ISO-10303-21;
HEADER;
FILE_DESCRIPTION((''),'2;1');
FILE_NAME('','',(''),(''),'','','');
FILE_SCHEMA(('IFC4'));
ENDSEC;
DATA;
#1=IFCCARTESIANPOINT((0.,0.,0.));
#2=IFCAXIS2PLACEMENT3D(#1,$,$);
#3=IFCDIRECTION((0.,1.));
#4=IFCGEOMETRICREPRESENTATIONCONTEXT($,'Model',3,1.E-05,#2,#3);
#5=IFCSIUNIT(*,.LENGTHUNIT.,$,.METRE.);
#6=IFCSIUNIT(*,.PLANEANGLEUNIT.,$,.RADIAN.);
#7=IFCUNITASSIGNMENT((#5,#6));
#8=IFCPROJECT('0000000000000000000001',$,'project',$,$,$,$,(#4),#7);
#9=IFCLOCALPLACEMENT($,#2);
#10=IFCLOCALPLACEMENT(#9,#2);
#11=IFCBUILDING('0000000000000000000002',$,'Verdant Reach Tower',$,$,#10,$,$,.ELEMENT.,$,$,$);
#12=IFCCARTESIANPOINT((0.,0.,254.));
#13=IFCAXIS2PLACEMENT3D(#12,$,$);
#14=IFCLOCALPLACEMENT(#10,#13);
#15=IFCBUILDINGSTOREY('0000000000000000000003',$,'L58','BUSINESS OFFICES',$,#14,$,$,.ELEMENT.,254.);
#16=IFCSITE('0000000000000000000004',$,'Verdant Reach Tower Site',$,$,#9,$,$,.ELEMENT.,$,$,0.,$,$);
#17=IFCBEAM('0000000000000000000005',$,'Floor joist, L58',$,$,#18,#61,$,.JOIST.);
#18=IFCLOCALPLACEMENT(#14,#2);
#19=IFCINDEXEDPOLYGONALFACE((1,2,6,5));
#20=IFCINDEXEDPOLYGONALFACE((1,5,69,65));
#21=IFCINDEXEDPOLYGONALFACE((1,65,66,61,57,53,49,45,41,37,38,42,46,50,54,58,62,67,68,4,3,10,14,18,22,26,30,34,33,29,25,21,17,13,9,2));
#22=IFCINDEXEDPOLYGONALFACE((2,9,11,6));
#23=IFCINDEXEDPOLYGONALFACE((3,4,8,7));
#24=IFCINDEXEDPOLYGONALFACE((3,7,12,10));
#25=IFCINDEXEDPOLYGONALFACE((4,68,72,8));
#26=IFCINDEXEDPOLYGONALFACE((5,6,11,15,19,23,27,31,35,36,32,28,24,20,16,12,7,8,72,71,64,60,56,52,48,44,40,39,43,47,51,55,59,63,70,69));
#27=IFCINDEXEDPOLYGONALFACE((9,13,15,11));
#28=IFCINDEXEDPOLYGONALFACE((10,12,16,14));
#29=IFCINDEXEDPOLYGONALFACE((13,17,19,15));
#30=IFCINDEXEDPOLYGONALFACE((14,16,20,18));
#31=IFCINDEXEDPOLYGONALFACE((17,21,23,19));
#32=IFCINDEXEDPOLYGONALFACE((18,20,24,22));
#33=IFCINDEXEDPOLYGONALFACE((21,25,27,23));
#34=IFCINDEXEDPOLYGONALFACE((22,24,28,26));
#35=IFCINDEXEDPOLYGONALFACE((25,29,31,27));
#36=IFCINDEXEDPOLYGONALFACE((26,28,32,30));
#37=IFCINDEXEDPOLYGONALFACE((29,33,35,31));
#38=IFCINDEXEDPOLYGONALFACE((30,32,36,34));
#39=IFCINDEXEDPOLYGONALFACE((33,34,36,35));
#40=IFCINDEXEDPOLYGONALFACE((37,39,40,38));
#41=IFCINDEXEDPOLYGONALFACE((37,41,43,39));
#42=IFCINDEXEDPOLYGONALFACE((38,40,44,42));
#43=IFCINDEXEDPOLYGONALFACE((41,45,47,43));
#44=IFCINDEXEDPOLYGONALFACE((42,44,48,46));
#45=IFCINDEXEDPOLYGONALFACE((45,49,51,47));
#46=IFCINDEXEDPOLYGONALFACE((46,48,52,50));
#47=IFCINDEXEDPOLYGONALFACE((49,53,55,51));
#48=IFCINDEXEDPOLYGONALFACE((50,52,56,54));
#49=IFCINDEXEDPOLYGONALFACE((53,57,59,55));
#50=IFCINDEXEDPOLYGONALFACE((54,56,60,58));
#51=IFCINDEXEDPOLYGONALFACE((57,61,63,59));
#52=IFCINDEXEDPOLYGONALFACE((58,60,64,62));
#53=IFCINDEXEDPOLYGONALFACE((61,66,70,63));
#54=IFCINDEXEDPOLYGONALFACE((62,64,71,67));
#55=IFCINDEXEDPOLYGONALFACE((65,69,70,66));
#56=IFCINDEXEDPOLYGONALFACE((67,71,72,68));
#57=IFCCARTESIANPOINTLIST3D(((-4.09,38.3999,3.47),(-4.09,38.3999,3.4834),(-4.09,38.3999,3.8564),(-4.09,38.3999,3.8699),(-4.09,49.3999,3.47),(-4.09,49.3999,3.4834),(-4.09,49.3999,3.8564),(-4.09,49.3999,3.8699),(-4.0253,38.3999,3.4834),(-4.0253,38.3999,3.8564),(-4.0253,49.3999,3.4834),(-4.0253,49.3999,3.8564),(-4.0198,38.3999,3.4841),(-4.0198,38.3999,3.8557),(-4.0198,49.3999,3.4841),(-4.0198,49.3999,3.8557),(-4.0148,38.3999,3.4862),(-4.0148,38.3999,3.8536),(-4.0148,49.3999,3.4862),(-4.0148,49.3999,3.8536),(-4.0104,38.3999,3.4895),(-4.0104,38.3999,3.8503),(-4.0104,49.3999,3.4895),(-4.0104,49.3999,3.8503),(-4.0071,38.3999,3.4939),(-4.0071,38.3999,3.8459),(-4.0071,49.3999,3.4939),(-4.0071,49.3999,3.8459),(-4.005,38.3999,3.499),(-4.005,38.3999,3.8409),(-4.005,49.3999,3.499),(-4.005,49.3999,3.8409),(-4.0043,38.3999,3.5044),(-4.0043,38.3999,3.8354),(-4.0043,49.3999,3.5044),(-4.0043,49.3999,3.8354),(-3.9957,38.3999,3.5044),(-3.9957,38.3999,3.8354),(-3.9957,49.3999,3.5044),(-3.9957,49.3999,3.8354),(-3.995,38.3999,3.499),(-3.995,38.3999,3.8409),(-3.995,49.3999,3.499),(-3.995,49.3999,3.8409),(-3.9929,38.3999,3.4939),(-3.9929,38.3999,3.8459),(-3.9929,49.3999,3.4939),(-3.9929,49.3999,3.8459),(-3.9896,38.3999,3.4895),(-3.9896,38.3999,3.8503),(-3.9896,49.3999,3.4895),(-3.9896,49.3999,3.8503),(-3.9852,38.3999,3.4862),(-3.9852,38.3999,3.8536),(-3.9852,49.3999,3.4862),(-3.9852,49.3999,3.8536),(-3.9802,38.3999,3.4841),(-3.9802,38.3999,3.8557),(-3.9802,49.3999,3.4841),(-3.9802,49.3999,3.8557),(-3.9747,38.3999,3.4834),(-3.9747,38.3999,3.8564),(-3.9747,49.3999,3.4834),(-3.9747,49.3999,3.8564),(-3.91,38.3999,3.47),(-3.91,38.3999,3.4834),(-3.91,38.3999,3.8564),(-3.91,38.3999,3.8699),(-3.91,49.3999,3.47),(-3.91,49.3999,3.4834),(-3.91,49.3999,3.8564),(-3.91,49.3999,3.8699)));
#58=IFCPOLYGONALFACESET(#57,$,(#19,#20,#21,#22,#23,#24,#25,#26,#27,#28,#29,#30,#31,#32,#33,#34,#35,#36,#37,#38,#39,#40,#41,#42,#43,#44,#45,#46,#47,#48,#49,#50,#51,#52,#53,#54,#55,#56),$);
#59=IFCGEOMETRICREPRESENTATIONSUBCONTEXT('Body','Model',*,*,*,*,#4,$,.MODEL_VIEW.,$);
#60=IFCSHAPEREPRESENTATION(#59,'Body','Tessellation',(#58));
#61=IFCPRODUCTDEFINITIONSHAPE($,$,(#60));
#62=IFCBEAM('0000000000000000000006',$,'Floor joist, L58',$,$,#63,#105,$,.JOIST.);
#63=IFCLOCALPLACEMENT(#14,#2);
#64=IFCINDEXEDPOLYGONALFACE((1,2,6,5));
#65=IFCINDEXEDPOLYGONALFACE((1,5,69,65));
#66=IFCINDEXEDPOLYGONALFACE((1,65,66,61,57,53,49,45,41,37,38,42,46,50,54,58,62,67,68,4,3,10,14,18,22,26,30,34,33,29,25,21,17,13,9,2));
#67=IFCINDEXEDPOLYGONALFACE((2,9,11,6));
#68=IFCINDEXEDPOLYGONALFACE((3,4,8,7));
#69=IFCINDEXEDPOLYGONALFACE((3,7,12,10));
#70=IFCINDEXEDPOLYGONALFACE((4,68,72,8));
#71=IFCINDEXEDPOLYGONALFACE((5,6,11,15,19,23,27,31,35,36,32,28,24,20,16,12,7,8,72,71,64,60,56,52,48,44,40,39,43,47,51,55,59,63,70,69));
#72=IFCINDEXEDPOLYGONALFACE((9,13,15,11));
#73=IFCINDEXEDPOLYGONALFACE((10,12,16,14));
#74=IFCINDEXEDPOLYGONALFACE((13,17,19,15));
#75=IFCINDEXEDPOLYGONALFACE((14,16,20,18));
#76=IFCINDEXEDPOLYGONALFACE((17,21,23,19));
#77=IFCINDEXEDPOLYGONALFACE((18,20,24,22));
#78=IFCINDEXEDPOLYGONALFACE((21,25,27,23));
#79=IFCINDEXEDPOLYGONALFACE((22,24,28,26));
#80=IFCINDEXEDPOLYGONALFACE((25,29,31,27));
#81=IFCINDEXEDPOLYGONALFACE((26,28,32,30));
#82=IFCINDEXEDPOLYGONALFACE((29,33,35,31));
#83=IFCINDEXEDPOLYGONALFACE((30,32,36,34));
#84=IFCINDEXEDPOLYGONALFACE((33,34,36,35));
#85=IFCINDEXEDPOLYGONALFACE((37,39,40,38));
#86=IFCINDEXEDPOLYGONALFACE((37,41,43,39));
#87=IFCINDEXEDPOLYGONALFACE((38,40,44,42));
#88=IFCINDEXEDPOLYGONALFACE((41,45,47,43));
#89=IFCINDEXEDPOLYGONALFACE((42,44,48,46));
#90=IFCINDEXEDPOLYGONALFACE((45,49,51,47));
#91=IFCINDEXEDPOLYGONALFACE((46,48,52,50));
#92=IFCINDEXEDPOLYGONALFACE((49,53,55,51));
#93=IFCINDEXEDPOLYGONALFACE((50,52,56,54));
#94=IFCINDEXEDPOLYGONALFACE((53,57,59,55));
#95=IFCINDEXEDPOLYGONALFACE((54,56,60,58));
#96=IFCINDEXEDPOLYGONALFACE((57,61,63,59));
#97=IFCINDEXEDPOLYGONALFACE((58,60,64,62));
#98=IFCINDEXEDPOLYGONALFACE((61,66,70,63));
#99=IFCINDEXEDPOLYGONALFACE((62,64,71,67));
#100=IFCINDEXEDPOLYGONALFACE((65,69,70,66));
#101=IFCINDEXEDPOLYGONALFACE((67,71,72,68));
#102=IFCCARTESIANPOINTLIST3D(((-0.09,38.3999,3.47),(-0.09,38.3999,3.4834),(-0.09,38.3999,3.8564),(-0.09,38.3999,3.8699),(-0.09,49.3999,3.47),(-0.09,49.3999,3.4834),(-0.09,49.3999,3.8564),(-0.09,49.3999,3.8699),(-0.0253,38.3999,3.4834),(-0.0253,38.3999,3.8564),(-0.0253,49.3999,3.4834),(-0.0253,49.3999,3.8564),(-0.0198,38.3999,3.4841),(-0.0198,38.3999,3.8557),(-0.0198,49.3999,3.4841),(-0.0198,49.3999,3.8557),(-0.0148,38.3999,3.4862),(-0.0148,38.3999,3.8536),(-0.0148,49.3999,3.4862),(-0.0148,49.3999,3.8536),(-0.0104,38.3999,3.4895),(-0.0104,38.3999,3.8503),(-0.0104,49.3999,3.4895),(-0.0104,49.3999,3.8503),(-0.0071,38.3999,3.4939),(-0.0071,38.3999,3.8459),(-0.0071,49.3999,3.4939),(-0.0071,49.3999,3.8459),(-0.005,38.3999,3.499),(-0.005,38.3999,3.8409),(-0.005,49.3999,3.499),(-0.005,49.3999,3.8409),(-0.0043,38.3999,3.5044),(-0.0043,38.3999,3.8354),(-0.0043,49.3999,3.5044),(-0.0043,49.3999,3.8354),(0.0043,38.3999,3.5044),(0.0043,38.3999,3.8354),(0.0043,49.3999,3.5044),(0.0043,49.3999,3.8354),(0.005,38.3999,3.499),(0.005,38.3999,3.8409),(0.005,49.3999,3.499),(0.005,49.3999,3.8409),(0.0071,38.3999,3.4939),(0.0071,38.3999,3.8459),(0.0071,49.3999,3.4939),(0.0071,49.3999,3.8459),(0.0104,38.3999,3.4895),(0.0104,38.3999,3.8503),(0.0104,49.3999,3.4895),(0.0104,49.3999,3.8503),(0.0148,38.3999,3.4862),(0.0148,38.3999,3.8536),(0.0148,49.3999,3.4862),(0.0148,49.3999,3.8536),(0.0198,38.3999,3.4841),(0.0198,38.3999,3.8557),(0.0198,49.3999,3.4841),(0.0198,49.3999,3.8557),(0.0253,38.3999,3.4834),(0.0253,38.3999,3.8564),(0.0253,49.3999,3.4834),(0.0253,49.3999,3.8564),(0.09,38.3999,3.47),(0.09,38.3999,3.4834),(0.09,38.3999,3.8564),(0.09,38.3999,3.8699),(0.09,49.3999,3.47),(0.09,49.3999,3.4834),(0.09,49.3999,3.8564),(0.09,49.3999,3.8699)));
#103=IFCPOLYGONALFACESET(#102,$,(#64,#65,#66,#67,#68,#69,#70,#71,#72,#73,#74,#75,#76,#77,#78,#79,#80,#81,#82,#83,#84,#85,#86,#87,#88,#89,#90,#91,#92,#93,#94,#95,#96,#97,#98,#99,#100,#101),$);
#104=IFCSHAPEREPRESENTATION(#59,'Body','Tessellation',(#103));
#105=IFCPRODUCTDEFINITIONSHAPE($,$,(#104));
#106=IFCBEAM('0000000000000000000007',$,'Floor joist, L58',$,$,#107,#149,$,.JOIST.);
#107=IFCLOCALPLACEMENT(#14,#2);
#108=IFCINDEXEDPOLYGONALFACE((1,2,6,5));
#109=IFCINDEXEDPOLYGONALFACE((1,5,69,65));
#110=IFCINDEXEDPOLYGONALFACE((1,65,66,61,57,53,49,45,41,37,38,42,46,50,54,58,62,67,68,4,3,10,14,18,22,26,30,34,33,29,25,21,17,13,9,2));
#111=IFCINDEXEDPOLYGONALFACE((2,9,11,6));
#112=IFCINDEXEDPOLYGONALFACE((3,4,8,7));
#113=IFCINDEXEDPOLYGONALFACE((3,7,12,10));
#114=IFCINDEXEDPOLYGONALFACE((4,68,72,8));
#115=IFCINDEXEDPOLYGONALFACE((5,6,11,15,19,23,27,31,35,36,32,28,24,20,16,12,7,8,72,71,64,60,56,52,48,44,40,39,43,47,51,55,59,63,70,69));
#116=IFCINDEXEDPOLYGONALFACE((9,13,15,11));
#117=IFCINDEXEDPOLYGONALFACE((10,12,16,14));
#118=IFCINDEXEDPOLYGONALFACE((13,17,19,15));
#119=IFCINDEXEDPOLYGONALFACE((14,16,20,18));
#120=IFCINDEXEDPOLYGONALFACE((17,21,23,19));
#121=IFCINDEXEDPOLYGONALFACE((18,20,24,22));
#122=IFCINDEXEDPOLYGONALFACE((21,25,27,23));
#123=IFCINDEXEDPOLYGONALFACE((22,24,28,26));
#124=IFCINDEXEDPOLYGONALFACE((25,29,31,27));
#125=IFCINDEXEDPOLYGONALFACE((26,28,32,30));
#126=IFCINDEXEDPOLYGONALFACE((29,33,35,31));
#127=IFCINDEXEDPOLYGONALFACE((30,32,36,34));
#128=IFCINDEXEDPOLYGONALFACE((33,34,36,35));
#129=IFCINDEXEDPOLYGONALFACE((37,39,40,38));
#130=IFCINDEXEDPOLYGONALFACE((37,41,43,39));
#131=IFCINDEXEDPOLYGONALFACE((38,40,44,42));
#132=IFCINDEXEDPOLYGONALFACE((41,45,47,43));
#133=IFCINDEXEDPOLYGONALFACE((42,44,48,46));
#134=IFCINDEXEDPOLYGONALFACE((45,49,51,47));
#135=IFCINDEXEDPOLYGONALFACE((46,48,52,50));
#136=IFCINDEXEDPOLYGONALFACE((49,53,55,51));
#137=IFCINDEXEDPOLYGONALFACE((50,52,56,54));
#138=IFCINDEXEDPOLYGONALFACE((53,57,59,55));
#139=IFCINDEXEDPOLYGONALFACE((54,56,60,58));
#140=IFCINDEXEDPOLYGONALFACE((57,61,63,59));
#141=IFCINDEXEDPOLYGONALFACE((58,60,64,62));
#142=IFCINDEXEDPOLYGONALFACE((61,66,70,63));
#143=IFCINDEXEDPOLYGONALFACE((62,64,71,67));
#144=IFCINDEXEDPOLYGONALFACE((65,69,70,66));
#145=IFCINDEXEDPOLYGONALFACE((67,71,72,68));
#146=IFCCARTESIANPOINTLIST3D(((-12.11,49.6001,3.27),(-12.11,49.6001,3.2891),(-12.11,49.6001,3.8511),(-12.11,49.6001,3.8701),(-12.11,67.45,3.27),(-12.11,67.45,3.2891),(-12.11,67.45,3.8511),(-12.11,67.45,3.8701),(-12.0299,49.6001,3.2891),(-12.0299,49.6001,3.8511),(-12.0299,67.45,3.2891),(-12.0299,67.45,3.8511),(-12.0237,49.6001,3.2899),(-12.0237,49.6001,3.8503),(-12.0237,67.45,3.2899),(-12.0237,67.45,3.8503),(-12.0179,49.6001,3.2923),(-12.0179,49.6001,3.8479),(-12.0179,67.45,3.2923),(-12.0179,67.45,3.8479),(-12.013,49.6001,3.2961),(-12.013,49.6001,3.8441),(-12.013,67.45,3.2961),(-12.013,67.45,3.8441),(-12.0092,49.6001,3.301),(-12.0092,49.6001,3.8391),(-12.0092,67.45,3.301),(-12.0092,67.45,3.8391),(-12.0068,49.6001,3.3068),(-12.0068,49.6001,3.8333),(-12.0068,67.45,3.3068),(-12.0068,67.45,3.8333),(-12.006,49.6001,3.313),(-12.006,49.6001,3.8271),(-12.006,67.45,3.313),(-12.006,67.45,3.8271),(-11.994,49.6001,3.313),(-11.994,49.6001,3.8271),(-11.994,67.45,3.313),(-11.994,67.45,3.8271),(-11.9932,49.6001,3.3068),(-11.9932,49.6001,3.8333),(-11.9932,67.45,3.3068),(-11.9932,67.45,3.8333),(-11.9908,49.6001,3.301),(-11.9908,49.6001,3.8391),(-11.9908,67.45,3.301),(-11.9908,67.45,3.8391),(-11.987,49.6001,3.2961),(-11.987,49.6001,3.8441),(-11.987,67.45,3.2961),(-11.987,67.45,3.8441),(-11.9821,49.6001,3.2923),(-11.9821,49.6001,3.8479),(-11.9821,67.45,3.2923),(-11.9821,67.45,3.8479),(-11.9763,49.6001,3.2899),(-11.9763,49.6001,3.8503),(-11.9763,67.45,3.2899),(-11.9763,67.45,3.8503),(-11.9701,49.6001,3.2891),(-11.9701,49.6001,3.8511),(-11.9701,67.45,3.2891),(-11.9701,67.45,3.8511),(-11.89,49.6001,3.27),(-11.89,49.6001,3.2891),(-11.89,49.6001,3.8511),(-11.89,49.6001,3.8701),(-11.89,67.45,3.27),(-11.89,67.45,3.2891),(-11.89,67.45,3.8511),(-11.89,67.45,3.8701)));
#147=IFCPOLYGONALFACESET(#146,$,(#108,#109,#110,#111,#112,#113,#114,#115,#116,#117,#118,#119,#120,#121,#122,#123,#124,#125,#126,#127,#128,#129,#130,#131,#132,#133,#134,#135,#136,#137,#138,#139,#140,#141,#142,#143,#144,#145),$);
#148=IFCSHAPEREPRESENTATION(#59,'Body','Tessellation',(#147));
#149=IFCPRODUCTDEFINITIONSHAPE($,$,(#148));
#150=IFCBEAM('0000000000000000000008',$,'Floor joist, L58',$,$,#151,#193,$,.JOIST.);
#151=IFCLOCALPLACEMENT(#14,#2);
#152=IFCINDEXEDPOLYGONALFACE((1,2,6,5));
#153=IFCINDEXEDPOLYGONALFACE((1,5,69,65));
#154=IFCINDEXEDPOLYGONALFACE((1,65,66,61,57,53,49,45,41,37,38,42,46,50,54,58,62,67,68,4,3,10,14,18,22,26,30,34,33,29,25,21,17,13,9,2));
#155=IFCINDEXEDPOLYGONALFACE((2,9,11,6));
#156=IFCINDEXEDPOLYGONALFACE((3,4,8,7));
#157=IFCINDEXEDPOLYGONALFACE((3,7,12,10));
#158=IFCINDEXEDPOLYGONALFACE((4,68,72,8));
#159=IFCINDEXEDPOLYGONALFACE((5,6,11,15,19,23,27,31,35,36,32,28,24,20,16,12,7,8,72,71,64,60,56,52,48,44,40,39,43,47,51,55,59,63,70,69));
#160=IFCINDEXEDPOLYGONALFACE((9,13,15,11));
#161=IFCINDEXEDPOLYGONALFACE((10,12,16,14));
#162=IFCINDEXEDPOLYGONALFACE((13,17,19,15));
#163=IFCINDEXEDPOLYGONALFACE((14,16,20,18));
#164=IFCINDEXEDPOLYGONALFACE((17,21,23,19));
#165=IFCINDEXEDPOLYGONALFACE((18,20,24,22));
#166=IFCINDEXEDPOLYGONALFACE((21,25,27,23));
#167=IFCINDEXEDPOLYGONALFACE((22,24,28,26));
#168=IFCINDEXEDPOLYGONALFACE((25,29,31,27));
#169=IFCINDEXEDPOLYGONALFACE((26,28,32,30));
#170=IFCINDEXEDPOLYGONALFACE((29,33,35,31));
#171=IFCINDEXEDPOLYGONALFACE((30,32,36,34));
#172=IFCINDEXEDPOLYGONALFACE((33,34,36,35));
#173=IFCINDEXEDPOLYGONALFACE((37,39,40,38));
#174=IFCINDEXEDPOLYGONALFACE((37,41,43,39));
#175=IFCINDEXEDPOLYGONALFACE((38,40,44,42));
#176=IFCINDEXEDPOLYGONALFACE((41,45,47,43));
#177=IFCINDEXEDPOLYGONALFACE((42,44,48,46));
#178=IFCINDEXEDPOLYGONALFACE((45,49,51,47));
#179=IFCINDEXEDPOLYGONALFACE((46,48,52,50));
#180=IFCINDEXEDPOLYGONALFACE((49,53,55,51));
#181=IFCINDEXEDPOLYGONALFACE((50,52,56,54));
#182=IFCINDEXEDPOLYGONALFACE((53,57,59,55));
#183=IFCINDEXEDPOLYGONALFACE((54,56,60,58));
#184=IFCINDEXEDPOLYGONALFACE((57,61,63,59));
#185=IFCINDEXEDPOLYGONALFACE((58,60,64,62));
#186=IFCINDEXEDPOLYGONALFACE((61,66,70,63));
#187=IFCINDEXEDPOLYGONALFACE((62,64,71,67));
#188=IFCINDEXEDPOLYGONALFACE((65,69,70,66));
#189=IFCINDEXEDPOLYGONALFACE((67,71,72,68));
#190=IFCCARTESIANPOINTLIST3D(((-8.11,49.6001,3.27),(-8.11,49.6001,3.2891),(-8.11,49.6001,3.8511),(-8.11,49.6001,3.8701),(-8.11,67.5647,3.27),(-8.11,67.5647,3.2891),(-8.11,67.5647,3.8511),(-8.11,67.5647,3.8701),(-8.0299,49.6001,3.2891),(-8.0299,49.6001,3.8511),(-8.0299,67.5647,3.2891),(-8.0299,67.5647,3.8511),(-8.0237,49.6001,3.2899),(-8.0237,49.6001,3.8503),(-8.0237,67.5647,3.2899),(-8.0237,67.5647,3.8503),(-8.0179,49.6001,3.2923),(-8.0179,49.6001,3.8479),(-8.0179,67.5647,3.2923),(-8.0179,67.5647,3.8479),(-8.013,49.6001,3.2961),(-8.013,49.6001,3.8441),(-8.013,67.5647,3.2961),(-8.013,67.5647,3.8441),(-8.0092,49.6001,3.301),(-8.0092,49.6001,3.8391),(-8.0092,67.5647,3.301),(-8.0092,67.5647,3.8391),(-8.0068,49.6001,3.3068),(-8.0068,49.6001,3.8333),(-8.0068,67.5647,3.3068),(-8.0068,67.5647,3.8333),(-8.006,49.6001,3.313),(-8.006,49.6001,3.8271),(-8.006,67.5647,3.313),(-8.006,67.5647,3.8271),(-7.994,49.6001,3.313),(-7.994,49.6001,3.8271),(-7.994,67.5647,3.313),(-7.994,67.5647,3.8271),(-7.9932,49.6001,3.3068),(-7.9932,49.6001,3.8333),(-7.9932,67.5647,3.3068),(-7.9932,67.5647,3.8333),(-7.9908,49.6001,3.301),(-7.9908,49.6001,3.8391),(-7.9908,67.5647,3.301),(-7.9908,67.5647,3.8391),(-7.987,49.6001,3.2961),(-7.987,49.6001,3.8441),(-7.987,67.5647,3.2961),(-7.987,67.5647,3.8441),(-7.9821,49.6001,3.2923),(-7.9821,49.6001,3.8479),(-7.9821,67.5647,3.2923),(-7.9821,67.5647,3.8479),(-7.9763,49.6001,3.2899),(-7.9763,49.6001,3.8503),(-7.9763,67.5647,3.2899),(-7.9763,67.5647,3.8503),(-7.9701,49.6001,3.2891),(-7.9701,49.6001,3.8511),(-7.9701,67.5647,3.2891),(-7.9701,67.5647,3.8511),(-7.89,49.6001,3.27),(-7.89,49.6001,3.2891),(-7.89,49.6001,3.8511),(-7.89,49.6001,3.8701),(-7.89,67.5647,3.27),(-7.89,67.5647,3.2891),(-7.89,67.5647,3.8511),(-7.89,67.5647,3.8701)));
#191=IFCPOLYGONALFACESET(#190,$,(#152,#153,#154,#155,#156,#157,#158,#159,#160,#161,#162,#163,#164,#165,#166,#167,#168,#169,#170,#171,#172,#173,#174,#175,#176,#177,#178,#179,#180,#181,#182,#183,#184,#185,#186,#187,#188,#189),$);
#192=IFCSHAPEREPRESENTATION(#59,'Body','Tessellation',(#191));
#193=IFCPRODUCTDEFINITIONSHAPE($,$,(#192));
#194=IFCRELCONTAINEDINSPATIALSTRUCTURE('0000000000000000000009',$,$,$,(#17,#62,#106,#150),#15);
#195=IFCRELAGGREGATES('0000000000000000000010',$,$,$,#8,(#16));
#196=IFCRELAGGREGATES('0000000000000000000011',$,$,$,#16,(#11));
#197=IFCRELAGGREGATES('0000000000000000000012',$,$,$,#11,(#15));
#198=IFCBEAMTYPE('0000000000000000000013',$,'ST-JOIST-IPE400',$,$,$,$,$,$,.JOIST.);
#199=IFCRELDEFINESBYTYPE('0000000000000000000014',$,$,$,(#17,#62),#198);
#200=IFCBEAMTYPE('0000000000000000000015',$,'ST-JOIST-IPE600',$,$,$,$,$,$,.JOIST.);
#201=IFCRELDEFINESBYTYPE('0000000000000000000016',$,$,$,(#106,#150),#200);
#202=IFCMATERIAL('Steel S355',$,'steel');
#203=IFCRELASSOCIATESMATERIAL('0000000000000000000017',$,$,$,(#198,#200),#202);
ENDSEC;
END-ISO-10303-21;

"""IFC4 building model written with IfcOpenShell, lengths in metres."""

from ifc_helpers import new_model, si_unit, direction, frame, origin, origin_2d, place, context, subcontext, project, spatial, i_section, extrude, material, material_profile, profile_set, type_object, element, save


model = new_model("IFC4")

# Units and contexts
model_context = context("Model", 3, precision=1e-05, world=origin(), true_north=direction((0.0, 1.0)))
body_context = subcontext(model_context, "Body", "Model", "MODEL_VIEW")
ifc_project = project(units=[si_unit("LENGTHUNIT", "METRE"), si_unit("PLANEANGLEUNIT", "RADIAN")], contexts=[model_context])

# Site, building, storey
site_placement = place(None, origin())
site = spatial("IfcSite", under=ifc_project, at=site_placement, Name="Verdant Reach Tower Site", CompositionType="ELEMENT", RefElevation=0.0)
building_placement = place(site_placement, origin())
building = spatial("IfcBuilding", under=site, at=building_placement, Name="Verdant Reach Tower", CompositionType="ELEMENT")
storey_placement = place(building_placement, frame((0.0, 0.0, 254.0)))
storey = spatial("IfcBuildingStorey", under=building, at=storey_placement, Name="L58", Description="BUSINESS OFFICES", CompositionType="ELEMENT", Elevation=254.0)

# Beams
ifc_material_1 = material(Name="Steel S355", Category="steel")
ifc_material_profile_1 = material_profile(ifc_material_1, i_section(OverallWidth=0.1799, OverallDepth=0.3999, WebThickness=0.0085, FlangeThickness=0.0134, FilletRadius=0.021, at=origin_2d()), Name="IPE 400")
ifc_profile_set_1 = profile_set([ifc_material_profile_1], Name="Steel S355")
beam_type_1 = type_object("IfcBeamType", Name="ST-JOIST-IPE400", PredefinedType="JOIST", material=ifc_profile_set_1)
for number, where, z_axis, x_axis, name in (
    (1, (-4.0, 38.3999, 3.6699), (0.0, 1.0, 0.0), (-1.0, 0.0, 0.0), "Floor joist, L58"),
    (2, (0.0, 38.3999, 3.6699), (0.0, 1.0, 0.0), (-1.0, 0.0, 0.0), "Floor joist, L58"),
):
    element("IfcBeam", number, at=place(storey_placement, frame(where, z_axis=z_axis, x_axis=x_axis)), inside=storey, type_object=beam_type_1, Name=name, PredefinedType="JOIST", context=body_context, shape_type="SweptSolid", body=[
        extrude(i_section(OverallWidth=0.1799, OverallDepth=0.3999, WebThickness=0.0085, FlangeThickness=0.0134, FilletRadius=0.021, at=origin_2d()), origin(), (0.0, 0.0, 1.0), 11.0),
    ])
ifc_material_profile_2 = material_profile(ifc_material_1, i_section(OverallWidth=0.22, OverallDepth=0.6001, WebThickness=0.012, FlangeThickness=0.019, FilletRadius=0.0239, at=origin_2d()), Name="IPE 600")
ifc_profile_set_2 = profile_set([ifc_material_profile_2], Name="Steel S355")
beam_type_2 = type_object("IfcBeamType", Name="ST-JOIST-IPE600", PredefinedType="JOIST", material=ifc_profile_set_2)
beam_1_placement = place(storey_placement, frame((-12.0, 49.6001, 3.5701), z_axis=(0.0, 1.0, 0.0), x_axis=(-1.0, 0.0, 0.0)))
element("IfcBeam", 3, at=beam_1_placement, inside=storey, type_object=beam_type_2, Name="Floor joist, L58", PredefinedType="JOIST", context=body_context, shape_type="SweptSolid", body=[
    extrude(i_section(OverallWidth=0.22, OverallDepth=0.6001, WebThickness=0.012, FlangeThickness=0.019, FilletRadius=0.0239, at=origin_2d()), origin(), (0.0, 0.0, 1.0), 17.8499),
])
beam_2_placement = place(storey_placement, frame((-8.0, 49.6001, 3.5701), z_axis=(0.0, 1.0, 0.0), x_axis=(-1.0, 0.0, 0.0)))
element("IfcBeam", 4, at=beam_2_placement, inside=storey, type_object=beam_type_2, Name="Floor joist, L58", PredefinedType="JOIST", context=body_context, shape_type="SweptSolid", body=[
    extrude(i_section(OverallWidth=0.22, OverallDepth=0.6001, WebThickness=0.012, FlangeThickness=0.019, FilletRadius=0.0239, at=origin_2d()), origin(), (0.0, 0.0, 1.0), 17.9646),
])

save(model, "model.ifc")
